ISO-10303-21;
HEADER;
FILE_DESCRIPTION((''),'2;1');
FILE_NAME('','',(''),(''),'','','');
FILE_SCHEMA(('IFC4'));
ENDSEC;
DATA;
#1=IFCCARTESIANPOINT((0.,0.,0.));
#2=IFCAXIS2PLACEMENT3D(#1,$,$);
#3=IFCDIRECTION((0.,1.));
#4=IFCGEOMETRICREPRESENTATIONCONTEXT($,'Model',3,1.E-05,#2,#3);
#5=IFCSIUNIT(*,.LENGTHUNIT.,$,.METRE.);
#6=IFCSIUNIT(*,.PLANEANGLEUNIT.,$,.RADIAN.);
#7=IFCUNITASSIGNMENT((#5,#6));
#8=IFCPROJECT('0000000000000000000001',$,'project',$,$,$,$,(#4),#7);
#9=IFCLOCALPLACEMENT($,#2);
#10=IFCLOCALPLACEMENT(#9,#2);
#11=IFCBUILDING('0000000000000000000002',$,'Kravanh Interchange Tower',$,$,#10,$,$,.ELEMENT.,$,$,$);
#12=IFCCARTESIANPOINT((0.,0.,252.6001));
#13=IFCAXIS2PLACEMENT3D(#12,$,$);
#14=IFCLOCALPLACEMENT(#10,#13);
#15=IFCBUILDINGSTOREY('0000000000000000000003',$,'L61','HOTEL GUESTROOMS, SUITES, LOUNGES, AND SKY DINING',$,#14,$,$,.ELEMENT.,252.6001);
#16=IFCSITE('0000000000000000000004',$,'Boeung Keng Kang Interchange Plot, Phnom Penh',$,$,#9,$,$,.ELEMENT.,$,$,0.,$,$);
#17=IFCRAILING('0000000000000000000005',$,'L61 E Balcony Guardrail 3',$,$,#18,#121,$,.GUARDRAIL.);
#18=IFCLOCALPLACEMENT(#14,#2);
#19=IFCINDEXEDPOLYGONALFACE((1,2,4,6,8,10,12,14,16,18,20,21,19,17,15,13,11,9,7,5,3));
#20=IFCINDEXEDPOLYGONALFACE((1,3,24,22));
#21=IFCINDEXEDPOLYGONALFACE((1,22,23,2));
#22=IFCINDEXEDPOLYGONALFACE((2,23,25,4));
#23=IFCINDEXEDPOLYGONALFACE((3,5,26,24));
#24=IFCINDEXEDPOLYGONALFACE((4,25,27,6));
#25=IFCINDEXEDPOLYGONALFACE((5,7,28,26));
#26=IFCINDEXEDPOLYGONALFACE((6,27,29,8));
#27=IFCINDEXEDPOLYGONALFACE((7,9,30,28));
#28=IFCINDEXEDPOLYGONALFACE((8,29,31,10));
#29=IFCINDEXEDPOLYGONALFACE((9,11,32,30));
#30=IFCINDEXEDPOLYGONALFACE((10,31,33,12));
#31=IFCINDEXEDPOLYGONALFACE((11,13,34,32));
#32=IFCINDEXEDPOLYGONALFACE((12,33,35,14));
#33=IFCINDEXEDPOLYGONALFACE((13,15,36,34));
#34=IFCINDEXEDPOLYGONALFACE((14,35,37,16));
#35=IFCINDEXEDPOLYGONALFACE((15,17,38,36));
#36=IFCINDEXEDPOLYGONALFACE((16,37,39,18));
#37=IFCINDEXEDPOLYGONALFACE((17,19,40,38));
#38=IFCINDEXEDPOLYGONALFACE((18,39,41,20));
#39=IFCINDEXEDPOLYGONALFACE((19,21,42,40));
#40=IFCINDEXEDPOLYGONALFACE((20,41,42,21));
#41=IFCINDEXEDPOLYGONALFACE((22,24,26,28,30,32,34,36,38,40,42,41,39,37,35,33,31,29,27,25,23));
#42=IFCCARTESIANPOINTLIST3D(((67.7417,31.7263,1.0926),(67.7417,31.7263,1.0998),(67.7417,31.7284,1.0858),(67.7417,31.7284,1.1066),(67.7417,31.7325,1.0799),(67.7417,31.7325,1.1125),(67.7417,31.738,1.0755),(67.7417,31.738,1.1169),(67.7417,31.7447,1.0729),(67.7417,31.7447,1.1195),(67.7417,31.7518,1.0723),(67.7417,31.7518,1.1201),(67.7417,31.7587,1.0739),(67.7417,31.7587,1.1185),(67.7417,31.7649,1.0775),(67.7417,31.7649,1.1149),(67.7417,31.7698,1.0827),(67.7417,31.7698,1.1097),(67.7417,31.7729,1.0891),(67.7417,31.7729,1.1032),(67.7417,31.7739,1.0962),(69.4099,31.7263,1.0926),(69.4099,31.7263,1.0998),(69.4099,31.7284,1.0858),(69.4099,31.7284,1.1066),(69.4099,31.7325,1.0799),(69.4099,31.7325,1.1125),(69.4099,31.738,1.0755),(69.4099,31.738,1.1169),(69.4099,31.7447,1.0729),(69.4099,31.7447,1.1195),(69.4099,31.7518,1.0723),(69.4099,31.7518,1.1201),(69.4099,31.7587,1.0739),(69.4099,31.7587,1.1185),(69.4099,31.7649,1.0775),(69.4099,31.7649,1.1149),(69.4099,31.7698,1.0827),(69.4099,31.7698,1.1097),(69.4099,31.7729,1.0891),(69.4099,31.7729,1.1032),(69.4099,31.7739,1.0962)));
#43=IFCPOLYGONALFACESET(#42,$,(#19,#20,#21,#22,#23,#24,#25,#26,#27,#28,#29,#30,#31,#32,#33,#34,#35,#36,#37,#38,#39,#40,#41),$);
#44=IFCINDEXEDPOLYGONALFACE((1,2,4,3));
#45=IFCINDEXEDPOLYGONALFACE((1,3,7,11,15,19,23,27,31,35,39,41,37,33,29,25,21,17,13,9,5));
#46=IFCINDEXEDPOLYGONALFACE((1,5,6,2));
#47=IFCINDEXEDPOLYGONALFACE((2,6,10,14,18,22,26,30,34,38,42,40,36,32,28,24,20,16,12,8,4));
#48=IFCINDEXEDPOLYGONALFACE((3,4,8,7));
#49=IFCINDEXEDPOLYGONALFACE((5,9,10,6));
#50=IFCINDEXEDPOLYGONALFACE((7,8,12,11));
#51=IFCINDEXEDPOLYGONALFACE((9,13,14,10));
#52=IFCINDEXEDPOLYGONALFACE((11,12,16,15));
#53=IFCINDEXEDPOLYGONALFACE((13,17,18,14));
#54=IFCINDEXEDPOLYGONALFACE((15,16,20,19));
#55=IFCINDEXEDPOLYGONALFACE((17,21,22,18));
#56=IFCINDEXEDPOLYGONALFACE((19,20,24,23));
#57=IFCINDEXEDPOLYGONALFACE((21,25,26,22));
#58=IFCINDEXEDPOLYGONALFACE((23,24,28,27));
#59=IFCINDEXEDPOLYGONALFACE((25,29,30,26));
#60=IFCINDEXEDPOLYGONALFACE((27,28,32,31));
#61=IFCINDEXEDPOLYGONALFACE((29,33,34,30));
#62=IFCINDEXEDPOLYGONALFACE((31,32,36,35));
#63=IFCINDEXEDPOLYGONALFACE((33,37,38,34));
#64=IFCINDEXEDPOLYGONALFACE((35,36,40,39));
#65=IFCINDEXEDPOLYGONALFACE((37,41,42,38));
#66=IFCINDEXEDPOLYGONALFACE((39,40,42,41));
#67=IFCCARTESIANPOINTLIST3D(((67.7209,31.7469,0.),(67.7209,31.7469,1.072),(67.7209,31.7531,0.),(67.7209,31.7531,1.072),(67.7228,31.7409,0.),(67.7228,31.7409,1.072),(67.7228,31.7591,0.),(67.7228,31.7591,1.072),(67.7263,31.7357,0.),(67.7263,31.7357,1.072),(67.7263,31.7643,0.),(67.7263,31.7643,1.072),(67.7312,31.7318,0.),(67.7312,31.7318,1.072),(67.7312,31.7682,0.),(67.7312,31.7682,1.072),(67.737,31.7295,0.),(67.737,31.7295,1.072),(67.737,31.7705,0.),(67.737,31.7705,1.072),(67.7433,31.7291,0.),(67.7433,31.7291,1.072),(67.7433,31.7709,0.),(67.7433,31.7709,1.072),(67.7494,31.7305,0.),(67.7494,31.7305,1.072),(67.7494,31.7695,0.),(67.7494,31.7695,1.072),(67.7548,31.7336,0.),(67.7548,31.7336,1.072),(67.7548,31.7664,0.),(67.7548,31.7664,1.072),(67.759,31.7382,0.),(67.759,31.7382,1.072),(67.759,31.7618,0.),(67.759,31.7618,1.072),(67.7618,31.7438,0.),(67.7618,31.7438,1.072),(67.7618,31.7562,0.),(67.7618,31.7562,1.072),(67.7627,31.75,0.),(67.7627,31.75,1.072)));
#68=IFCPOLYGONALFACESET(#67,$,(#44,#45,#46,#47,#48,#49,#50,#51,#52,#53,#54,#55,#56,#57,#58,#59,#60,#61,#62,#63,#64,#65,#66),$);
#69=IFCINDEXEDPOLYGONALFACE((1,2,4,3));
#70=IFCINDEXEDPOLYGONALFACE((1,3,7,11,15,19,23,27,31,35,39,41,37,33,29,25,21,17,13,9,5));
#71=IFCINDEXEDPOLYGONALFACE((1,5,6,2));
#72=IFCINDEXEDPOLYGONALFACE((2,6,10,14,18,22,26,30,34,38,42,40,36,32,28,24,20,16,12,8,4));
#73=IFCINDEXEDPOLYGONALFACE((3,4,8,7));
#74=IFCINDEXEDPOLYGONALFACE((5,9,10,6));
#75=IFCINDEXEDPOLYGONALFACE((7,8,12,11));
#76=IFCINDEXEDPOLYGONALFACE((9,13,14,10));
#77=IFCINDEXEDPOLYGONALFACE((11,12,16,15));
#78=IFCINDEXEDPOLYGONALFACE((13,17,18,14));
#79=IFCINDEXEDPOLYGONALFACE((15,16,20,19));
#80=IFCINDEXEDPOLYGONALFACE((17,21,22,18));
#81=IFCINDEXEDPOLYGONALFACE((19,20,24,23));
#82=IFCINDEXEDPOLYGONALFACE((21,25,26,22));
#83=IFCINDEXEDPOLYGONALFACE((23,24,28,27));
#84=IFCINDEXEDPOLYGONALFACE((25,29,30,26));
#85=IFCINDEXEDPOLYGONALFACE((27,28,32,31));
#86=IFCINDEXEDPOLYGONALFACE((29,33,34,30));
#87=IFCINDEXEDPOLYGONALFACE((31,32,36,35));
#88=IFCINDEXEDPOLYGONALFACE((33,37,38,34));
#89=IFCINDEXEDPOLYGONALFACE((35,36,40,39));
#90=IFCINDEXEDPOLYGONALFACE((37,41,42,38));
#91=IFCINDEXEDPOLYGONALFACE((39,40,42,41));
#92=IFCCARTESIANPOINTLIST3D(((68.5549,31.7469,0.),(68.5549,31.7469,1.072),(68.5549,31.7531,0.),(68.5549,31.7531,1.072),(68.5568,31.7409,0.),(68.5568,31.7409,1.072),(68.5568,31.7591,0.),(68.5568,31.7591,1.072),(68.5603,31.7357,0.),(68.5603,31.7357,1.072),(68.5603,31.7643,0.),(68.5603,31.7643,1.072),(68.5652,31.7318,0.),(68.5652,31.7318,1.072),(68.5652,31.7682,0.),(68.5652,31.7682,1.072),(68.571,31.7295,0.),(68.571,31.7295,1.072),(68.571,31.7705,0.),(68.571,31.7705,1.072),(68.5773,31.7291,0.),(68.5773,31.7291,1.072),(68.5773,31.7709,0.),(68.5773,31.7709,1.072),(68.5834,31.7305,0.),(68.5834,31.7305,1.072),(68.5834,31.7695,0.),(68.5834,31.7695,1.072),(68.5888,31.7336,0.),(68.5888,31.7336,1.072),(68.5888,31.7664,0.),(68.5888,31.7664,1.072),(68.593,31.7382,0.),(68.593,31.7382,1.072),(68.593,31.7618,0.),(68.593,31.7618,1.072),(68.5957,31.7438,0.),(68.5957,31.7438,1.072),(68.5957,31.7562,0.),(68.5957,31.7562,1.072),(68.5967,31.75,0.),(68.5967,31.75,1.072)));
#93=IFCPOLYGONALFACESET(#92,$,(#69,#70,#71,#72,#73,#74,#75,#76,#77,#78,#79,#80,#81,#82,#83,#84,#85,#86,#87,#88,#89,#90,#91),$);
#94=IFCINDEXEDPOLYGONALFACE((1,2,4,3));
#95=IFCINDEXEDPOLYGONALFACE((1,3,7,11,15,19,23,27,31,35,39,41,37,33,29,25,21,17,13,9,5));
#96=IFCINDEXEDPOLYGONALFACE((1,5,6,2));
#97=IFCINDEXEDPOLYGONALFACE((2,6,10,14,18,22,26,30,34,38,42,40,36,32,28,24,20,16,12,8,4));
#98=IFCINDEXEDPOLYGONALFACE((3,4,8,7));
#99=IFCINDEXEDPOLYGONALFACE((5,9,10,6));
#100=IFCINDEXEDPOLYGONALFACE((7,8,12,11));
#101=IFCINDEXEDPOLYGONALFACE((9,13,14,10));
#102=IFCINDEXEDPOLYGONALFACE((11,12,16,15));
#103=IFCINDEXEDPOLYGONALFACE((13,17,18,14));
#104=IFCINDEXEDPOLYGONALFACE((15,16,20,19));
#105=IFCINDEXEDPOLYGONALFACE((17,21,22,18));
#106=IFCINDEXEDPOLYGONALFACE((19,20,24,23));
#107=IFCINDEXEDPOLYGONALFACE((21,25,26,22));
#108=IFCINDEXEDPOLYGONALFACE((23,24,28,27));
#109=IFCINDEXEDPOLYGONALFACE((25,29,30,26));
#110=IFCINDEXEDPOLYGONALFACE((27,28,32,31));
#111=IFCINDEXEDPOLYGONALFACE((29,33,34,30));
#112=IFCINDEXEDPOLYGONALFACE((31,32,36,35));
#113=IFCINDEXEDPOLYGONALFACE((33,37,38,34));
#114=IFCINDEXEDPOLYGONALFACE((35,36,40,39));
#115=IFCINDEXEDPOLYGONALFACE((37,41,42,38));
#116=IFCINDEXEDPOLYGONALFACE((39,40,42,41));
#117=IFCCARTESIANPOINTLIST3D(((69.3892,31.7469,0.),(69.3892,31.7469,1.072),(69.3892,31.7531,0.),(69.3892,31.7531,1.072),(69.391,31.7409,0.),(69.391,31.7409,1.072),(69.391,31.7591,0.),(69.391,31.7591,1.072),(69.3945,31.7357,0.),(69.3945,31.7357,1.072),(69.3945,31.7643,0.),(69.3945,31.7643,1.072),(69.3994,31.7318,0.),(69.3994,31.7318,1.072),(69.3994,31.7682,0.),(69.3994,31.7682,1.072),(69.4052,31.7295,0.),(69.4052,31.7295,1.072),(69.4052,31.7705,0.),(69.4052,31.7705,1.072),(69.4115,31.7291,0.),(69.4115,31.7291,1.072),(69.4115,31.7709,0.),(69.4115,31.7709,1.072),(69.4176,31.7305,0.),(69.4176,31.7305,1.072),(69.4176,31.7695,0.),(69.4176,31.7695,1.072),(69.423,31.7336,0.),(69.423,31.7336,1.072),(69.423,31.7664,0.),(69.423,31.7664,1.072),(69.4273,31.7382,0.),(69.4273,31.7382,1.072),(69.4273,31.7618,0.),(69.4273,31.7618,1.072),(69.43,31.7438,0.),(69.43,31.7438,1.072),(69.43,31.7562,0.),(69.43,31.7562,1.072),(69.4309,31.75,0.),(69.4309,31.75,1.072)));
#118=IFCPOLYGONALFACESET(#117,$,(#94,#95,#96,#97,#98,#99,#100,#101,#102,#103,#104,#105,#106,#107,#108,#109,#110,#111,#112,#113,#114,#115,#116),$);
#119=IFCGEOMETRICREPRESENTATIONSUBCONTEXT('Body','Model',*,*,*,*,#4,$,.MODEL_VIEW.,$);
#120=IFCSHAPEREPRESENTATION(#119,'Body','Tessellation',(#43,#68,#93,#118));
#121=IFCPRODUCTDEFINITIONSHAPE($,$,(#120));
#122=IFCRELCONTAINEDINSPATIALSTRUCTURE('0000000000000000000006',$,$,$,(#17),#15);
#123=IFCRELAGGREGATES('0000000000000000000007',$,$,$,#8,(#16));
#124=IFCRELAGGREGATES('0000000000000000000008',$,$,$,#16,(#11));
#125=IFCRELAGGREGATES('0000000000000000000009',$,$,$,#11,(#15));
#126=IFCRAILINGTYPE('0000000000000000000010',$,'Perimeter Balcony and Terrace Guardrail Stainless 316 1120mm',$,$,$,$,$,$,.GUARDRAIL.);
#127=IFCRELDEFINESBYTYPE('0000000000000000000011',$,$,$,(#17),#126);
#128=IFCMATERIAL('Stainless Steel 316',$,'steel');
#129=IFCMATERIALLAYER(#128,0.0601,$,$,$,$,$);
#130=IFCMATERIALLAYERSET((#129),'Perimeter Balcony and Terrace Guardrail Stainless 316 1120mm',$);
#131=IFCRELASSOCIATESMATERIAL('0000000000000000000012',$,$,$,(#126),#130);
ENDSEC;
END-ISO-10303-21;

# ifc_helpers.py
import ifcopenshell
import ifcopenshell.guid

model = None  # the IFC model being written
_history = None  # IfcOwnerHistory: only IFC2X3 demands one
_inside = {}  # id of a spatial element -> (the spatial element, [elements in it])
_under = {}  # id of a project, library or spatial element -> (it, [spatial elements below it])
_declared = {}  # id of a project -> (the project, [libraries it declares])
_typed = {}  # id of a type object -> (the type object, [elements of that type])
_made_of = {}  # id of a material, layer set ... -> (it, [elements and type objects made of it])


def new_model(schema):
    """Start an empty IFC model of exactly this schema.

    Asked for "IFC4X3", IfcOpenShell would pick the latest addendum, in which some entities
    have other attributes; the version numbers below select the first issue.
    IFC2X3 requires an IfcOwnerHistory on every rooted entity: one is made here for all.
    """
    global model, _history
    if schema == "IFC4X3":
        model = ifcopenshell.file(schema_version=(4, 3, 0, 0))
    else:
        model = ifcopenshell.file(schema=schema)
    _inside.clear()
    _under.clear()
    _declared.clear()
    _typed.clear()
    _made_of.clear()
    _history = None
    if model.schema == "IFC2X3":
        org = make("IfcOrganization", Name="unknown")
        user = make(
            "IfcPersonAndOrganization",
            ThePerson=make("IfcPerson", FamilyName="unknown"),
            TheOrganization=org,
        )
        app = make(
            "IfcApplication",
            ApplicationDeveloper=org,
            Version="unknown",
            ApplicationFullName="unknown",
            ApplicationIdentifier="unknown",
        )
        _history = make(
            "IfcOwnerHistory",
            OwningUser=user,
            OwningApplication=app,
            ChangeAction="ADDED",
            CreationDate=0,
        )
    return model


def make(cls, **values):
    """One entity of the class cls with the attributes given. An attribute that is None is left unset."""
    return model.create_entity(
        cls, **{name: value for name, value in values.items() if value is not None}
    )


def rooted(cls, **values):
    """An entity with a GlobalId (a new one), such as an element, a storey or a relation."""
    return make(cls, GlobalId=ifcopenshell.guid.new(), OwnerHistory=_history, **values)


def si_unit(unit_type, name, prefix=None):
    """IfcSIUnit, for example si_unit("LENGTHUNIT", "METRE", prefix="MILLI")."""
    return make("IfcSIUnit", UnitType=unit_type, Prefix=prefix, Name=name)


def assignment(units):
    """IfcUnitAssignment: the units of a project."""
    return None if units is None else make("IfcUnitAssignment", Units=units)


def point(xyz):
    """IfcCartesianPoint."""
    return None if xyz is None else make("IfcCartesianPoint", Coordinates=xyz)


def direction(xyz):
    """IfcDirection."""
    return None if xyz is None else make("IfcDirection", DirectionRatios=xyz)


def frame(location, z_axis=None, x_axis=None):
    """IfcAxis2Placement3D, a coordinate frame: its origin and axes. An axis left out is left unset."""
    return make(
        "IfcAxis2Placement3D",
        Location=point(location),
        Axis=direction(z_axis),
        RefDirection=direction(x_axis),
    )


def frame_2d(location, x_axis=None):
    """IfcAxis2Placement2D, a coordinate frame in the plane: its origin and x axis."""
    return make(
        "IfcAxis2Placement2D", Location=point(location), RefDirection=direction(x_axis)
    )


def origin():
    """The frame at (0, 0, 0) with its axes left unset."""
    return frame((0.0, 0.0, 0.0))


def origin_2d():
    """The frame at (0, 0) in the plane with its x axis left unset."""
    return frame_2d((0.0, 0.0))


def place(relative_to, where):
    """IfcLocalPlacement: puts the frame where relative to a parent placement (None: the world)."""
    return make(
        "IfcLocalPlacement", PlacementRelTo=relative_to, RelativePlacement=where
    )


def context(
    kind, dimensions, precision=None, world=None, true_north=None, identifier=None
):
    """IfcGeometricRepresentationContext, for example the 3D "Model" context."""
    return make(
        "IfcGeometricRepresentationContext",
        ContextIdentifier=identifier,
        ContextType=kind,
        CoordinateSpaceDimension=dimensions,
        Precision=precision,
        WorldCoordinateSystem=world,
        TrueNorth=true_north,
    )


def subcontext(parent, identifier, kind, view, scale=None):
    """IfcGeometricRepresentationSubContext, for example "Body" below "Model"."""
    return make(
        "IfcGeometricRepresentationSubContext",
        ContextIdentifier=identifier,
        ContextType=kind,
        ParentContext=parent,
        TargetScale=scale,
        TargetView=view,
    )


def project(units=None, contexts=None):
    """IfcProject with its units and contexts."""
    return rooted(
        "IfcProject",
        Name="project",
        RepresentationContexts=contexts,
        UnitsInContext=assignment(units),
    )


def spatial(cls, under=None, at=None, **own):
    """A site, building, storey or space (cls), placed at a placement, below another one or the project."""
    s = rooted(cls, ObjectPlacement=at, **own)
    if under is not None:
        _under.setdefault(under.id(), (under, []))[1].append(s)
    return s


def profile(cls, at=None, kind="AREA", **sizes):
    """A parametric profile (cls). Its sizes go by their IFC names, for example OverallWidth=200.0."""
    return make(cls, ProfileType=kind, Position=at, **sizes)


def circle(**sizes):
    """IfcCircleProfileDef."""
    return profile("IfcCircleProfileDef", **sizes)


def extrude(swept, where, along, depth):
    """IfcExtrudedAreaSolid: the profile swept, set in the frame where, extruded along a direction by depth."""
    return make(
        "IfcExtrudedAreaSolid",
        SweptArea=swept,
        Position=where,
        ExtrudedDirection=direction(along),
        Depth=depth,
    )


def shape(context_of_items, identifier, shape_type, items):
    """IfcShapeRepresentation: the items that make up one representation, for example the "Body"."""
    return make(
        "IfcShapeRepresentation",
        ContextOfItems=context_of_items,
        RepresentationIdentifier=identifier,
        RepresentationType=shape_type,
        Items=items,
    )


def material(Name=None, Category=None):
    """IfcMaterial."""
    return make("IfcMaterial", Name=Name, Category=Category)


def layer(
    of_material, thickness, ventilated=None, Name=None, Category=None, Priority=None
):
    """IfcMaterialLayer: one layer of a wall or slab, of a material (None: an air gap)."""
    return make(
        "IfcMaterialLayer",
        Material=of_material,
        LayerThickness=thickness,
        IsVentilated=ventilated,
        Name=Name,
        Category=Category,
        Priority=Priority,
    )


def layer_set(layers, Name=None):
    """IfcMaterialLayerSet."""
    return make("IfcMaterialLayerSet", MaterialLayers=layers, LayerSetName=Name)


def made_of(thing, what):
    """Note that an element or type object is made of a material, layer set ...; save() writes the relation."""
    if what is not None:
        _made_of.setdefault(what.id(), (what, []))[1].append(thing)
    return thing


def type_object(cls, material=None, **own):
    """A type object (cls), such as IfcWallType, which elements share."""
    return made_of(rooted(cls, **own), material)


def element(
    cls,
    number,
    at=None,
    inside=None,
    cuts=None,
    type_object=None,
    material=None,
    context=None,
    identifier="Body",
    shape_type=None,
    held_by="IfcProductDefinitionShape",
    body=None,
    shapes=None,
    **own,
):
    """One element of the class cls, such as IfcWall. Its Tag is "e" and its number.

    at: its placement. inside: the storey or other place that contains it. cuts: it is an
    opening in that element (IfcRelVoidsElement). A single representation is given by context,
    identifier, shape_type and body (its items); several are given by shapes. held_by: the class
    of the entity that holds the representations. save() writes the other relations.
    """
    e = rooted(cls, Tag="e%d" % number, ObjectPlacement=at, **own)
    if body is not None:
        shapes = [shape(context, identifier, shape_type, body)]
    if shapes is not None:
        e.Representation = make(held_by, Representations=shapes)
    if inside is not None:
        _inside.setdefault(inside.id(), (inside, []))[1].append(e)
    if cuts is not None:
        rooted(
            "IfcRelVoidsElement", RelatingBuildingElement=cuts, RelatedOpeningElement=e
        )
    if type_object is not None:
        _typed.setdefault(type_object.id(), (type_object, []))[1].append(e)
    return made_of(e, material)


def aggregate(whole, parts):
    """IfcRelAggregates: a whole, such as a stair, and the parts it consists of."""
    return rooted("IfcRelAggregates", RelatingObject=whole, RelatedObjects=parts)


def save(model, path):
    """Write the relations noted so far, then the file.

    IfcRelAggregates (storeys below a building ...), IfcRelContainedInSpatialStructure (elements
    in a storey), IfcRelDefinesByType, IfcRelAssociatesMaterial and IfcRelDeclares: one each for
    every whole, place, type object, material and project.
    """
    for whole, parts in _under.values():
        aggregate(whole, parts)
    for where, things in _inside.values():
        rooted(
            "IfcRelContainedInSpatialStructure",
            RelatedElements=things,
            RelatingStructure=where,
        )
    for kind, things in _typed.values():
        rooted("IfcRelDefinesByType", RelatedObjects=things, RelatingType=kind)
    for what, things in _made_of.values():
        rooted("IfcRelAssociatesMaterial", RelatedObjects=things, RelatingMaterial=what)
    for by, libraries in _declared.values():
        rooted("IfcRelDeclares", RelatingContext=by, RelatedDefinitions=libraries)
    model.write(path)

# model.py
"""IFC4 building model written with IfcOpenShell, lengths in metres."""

from ifc_helpers import new_model, si_unit, direction, frame, origin, origin_2d, place, context, subcontext, project, spatial, circle, extrude, material, layer, layer_set, type_object, element, save


model = new_model("IFC4")

# Units and contexts
model_context = context("Model", 3, precision=1e-05, world=origin(), true_north=direction((0.0, 1.0)))
body_context = subcontext(model_context, "Body", "Model", "MODEL_VIEW")
ifc_project = project(units=[si_unit("LENGTHUNIT", "METRE"), si_unit("PLANEANGLEUNIT", "RADIAN")], contexts=[model_context])

# Site, building, storey
site_placement = place(None, origin())
site = spatial("IfcSite", under=ifc_project, at=site_placement, Name="Boeung Keng Kang Interchange Plot, Phnom Penh", CompositionType="ELEMENT", RefElevation=0.0)
building_placement = place(site_placement, origin())
building = spatial("IfcBuilding", under=site, at=building_placement, Name="Kravanh Interchange Tower", CompositionType="ELEMENT")
storey_placement = place(building_placement, frame((0.0, 0.0, 252.6001)))
storey = spatial("IfcBuildingStorey", under=building, at=storey_placement, Name="L61", Description="HOTEL GUESTROOMS, SUITES, LOUNGES, AND SKY DINING", CompositionType="ELEMENT", Elevation=252.6001)

# Railing
ifc_material_1 = material(Name="Stainless Steel 316", Category="steel")
ifc_layer_1 = layer(ifc_material_1, 0.0601)
ifc_layer_set_1 = layer_set([ifc_layer_1], Name="Perimeter Balcony and Terrace Guardrail Stainless 316 1120mm")
railing_type = type_object("IfcRailingType", Name="Perimeter Balcony and Terrace Guardrail Stainless 316 1120mm", PredefinedType="GUARDRAIL", material=ifc_layer_set_1)
railing_1_placement = place(storey_placement, frame((67.7417, 31.75, 0.0)))
element("IfcRailing", 1, at=railing_1_placement, inside=storey, type_object=railing_type, Name="L61 E Balcony Guardrail 3", PredefinedType="GUARDRAIL", context=body_context, shape_type="SweptSolid", body=[
    extrude(circle(Radius=0.0239, at=origin_2d()), frame((0.0, 0.0, 1.0962), z_axis=(1.0, 0.0, 0.0), x_axis=(0.0, 1.0, 0.0)), (0.0, 0.0, 1.0), 1.6682),
    extrude(circle(Radius=0.021, at=origin_2d()), origin(), (0.0, 0.0, 1.0), 1.072),
    extrude(circle(Radius=0.021, at=origin_2d()), frame((0.834, 0.0, 0.0)), (0.0, 0.0, 1.0), 1.072),
    extrude(circle(Radius=0.021, at=origin_2d()), frame((1.6682, 0.0, 0.0)), (0.0, 0.0, 1.0), 1.072),
])

save(model, "model.ifc")
